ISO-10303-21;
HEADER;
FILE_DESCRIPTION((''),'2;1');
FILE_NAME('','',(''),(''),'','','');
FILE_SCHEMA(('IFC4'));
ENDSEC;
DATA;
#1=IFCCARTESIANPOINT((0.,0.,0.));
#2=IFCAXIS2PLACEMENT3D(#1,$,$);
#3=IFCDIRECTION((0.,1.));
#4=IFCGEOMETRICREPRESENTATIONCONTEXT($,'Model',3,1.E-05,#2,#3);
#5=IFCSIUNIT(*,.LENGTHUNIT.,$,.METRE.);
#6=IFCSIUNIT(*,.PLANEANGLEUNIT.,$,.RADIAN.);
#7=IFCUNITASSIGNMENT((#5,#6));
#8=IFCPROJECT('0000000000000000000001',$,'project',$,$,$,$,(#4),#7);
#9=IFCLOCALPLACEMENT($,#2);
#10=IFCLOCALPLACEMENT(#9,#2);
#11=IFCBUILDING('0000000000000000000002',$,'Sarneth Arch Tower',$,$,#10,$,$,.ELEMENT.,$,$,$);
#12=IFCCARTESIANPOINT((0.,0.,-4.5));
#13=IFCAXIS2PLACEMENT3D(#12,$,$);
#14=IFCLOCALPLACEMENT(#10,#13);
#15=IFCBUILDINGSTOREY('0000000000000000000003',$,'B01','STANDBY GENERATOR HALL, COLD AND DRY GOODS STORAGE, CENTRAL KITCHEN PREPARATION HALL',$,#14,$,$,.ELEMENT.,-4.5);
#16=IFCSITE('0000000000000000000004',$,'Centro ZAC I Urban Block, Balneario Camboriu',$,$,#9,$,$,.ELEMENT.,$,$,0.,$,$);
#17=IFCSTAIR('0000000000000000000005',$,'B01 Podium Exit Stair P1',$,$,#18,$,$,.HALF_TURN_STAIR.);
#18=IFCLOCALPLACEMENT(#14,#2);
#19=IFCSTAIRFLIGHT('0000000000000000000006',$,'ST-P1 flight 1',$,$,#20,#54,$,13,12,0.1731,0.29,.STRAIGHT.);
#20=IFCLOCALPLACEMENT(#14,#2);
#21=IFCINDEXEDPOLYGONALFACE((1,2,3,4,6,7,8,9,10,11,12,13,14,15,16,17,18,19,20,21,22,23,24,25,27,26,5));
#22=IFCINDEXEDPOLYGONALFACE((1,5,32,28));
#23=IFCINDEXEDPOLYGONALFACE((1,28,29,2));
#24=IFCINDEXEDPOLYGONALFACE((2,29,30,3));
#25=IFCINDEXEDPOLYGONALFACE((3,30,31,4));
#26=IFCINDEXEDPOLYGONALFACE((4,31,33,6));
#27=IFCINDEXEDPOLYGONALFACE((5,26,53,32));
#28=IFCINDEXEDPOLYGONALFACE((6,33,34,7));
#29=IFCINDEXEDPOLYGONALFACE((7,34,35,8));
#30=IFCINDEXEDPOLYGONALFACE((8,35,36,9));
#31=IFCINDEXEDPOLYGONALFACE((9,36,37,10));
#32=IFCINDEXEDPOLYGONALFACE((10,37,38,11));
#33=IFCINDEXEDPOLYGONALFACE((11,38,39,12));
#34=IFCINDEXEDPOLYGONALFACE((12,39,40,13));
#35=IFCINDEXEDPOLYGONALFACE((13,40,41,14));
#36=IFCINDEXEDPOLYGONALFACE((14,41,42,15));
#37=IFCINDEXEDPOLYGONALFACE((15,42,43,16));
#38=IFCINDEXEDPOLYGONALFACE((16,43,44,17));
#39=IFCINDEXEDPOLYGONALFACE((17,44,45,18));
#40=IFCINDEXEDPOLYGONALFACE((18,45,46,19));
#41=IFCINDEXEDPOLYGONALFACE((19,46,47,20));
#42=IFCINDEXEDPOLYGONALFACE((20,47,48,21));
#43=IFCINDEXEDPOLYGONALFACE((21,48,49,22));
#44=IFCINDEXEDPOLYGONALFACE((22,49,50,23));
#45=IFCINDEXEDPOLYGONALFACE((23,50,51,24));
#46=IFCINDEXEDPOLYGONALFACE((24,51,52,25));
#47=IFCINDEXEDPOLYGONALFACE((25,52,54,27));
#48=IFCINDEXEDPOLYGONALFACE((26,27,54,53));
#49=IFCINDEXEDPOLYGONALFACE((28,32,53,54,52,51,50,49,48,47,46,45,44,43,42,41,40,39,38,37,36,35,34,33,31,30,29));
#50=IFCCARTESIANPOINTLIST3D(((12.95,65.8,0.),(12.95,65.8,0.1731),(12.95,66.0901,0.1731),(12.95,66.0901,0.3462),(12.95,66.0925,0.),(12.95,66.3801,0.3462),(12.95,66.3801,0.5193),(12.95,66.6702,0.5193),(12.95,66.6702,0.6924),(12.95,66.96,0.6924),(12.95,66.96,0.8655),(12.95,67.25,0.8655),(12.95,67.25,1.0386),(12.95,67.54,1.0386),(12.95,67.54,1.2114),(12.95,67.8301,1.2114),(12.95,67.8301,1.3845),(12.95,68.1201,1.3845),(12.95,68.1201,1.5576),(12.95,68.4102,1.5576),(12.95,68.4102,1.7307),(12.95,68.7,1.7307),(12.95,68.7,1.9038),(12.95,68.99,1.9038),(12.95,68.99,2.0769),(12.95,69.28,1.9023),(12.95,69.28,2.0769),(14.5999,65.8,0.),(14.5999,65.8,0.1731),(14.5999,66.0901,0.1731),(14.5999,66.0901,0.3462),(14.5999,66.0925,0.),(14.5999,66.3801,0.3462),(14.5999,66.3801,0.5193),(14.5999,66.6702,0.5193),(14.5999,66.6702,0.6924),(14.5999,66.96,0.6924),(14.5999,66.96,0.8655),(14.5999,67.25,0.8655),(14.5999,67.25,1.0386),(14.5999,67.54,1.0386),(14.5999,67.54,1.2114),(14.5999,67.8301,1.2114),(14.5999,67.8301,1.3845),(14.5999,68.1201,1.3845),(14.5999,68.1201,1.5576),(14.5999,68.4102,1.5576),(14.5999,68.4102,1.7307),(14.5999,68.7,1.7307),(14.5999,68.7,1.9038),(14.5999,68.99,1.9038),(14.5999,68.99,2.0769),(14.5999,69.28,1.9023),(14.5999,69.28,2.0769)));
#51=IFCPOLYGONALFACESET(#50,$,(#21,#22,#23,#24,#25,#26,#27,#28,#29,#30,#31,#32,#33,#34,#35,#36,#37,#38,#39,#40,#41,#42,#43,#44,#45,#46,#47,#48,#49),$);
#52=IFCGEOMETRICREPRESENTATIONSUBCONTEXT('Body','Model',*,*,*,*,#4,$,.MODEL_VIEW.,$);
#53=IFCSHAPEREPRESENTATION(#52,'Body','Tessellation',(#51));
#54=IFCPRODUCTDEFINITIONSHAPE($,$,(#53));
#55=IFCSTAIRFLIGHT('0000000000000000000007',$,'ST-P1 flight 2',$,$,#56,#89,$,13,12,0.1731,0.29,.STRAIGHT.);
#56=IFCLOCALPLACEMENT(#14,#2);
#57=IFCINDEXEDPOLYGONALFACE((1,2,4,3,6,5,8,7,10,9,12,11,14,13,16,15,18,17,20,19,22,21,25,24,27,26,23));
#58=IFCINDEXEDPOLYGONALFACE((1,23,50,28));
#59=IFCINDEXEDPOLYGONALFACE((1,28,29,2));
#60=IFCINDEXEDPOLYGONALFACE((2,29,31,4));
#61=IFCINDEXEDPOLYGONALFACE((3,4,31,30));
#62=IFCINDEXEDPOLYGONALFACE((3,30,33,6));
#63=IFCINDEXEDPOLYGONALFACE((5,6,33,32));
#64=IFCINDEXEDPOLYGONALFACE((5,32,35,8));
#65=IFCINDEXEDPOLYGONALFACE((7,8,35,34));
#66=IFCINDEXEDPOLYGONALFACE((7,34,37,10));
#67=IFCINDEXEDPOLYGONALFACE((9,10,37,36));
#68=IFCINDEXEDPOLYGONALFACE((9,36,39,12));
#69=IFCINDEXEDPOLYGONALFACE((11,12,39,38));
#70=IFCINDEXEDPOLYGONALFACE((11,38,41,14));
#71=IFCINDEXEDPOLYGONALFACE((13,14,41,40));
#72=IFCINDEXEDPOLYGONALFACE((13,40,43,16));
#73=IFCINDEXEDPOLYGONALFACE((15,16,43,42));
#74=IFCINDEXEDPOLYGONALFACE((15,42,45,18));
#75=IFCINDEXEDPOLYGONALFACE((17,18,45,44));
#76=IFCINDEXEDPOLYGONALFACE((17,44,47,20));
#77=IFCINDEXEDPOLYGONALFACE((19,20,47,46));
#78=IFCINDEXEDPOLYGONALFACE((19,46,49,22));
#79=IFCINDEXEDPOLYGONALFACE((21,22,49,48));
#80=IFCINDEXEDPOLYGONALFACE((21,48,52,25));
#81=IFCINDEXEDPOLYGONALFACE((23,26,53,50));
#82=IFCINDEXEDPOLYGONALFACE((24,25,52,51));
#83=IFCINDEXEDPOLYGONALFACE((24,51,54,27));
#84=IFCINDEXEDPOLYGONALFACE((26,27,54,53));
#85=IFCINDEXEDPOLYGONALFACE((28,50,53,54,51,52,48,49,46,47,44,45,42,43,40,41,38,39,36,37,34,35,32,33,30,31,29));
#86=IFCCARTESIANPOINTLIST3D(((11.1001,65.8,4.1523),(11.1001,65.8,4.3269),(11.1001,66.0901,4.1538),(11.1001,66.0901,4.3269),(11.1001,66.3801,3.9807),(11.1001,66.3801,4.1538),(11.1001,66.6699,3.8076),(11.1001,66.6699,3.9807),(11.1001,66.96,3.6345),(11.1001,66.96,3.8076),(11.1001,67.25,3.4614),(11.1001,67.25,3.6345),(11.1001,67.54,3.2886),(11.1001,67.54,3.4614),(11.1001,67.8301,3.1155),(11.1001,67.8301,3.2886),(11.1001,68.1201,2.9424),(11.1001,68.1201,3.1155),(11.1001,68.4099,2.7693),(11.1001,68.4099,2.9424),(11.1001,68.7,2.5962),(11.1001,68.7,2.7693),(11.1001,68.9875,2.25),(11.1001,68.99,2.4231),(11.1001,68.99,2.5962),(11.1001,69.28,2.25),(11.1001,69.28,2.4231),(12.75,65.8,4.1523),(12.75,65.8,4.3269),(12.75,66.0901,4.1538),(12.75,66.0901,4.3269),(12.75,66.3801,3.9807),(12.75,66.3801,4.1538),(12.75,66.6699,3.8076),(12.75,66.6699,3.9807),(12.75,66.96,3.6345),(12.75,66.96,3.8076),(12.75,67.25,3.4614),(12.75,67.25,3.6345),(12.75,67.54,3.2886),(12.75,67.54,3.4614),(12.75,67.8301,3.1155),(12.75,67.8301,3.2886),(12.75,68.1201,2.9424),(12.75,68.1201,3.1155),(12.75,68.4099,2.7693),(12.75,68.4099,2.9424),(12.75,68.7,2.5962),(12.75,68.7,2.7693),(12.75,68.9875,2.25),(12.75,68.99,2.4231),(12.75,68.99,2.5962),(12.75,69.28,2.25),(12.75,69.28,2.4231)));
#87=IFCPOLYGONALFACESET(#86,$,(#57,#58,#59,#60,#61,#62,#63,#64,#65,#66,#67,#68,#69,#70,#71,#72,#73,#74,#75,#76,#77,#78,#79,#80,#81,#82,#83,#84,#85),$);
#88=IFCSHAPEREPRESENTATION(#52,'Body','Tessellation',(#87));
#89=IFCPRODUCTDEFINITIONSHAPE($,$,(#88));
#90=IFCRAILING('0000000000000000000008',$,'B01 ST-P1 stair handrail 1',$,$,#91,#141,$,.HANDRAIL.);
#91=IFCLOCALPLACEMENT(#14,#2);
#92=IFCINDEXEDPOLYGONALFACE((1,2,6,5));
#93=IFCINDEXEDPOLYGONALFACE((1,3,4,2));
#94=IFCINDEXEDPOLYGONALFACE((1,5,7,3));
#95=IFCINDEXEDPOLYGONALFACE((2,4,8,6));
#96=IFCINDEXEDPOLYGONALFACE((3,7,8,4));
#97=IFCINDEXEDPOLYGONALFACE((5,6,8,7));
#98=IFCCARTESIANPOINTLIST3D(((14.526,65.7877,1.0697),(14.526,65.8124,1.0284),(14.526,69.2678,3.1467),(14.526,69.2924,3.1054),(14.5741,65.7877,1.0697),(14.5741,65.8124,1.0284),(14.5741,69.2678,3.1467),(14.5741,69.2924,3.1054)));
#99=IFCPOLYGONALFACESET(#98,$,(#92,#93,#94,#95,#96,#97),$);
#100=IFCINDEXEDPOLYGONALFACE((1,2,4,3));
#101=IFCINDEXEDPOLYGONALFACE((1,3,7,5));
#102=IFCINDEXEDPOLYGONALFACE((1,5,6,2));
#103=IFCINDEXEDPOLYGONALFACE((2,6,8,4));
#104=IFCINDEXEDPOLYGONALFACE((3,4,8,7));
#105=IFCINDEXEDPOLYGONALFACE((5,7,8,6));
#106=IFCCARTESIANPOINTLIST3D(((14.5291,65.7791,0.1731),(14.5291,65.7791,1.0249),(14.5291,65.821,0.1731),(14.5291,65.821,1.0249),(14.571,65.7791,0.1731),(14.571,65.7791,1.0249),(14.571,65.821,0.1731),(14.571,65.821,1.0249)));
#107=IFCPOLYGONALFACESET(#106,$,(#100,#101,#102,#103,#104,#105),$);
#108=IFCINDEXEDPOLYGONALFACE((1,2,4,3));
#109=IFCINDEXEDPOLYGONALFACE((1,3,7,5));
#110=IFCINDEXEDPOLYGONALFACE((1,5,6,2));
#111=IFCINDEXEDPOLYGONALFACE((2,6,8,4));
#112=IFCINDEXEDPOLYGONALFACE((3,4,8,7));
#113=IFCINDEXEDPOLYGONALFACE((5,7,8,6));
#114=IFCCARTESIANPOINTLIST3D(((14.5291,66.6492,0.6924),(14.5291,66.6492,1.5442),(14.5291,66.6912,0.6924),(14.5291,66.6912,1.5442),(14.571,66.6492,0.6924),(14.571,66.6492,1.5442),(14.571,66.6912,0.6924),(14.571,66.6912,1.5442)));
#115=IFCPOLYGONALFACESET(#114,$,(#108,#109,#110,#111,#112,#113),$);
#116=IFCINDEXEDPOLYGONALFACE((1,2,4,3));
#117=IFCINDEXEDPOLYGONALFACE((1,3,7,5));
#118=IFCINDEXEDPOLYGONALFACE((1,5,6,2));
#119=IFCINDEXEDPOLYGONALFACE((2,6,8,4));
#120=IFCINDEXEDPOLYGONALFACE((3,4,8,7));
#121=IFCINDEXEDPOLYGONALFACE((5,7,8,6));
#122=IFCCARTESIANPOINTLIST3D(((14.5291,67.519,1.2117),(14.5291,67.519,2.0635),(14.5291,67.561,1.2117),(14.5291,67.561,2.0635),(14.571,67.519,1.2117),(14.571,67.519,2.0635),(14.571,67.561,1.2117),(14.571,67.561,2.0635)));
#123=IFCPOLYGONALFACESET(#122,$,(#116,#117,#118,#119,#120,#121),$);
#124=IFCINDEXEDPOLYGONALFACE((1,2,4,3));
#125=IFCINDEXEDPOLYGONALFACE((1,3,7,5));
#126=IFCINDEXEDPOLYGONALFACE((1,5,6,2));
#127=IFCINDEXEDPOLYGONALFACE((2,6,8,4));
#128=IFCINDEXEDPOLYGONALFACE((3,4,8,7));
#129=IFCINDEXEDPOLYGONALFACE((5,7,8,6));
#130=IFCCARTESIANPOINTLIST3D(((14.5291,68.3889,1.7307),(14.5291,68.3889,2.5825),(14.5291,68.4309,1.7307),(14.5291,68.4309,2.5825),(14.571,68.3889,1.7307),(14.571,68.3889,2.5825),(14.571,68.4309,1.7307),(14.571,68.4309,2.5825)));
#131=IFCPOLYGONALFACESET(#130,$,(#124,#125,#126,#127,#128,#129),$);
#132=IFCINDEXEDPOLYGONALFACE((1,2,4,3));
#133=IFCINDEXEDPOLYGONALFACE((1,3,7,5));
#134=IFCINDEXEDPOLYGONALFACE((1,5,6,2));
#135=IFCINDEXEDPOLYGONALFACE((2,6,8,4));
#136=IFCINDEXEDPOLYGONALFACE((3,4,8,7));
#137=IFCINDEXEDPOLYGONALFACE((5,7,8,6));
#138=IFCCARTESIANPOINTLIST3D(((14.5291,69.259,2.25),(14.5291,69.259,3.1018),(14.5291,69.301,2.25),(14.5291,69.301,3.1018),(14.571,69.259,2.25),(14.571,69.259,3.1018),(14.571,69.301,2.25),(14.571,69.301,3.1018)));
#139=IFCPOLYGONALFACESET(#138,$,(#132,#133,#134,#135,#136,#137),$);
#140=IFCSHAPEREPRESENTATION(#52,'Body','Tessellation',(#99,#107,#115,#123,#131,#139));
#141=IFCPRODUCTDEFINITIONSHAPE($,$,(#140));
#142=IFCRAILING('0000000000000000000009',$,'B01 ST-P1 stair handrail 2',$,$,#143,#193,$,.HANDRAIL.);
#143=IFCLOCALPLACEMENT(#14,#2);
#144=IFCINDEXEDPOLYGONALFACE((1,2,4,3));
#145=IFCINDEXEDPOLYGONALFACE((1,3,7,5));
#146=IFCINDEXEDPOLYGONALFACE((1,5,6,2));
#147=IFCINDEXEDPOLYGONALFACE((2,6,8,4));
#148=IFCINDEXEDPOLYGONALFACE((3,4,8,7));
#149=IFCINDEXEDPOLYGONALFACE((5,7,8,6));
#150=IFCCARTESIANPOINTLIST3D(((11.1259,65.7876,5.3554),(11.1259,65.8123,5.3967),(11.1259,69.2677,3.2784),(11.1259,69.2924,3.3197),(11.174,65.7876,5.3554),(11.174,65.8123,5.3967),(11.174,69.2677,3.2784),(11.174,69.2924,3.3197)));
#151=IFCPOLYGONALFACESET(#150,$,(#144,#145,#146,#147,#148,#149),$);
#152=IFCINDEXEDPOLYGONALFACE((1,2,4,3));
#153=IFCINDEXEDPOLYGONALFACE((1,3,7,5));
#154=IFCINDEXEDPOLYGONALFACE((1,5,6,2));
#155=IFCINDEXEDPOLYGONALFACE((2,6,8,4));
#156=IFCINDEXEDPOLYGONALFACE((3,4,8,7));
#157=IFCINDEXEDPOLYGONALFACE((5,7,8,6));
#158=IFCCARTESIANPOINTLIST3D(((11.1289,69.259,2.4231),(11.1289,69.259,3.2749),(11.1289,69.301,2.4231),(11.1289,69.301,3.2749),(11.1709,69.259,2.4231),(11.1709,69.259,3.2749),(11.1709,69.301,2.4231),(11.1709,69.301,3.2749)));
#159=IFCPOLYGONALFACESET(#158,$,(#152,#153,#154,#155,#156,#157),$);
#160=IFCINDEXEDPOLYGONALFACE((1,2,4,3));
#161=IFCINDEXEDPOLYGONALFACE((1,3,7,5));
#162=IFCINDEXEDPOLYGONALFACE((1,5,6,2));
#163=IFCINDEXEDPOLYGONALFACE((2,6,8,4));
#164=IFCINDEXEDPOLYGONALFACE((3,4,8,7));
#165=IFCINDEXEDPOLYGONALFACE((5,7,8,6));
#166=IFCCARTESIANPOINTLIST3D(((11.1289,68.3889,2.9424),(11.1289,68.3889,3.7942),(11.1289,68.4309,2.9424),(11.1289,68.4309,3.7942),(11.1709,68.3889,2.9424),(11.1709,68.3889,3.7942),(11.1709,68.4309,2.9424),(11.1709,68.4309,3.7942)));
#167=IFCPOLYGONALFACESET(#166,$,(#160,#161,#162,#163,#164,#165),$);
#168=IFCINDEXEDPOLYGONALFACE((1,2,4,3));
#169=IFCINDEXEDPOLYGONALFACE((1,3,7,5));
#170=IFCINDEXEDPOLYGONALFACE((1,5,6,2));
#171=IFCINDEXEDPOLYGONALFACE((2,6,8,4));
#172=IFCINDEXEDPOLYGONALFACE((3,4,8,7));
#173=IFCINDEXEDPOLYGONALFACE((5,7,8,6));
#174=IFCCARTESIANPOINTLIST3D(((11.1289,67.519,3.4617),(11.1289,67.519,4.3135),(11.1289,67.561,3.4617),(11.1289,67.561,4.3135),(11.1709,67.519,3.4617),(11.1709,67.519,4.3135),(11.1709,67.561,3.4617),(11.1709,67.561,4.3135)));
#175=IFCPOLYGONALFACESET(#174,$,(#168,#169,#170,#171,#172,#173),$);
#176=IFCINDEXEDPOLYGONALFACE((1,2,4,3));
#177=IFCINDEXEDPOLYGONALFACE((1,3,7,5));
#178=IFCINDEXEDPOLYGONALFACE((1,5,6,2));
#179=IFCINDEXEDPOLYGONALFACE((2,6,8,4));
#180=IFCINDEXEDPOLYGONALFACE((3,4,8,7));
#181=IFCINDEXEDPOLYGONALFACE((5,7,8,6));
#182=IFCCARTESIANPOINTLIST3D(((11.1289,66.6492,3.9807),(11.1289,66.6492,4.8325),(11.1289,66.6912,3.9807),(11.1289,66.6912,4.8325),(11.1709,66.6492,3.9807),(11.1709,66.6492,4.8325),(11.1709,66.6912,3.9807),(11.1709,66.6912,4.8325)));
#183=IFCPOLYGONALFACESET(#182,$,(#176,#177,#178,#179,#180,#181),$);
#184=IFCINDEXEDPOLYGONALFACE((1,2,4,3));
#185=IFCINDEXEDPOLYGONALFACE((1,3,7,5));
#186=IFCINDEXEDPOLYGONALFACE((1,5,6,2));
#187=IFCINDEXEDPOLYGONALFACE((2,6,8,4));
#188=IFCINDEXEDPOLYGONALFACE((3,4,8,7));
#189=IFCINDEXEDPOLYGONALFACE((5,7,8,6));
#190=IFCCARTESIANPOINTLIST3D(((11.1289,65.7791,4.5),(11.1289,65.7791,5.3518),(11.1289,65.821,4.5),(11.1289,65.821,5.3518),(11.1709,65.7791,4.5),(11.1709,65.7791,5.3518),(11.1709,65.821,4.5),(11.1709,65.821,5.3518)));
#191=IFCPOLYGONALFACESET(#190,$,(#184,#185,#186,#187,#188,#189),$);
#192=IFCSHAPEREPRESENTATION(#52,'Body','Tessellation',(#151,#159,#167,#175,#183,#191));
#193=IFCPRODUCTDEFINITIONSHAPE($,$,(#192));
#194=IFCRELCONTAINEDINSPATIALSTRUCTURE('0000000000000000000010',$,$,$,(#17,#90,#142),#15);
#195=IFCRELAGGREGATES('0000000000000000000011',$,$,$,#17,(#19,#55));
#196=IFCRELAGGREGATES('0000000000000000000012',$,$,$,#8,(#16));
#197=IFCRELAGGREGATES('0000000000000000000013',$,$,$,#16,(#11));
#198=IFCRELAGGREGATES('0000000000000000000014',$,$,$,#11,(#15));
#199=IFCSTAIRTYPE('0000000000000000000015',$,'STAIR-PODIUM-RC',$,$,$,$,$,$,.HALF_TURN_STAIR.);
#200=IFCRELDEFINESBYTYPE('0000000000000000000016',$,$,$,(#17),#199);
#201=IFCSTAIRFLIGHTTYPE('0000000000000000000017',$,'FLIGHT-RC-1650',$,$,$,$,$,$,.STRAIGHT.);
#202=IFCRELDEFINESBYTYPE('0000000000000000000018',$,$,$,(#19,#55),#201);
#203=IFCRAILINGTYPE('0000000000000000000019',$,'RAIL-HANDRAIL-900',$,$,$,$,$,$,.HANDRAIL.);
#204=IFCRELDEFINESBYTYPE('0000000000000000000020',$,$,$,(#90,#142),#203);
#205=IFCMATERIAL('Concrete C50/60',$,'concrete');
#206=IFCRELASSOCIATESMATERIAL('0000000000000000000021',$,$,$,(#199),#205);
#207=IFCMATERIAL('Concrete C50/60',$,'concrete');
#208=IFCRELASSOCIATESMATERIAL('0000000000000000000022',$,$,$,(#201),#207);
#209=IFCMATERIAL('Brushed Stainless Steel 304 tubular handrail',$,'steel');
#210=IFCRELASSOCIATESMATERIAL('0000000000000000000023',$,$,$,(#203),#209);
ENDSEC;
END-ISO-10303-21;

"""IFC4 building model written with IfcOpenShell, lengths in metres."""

from ifc_helpers import new_model, si_unit, direction, frame, origin, origin_2d, place, context, subcontext, project, spatial, polyline, rectangle, outline, extrude, material, type_object, element, aggregate, save


model = new_model("IFC4")

# Units and contexts
model_context = context("Model", 3, precision=1e-05, world=origin(), true_north=direction((0.0, 1.0)))
body_context = subcontext(model_context, "Body", "Model", "MODEL_VIEW")
ifc_project = project(units=[si_unit("LENGTHUNIT", "METRE"), si_unit("PLANEANGLEUNIT", "RADIAN")], contexts=[model_context])

# Site, building, storey
site_placement = place(None, origin())
site = spatial("IfcSite", under=ifc_project, at=site_placement, Name="Centro ZAC I Urban Block, Balneario Camboriu", CompositionType="ELEMENT", RefElevation=0.0)
building_placement = place(site_placement, origin())
building = spatial("IfcBuilding", under=site, at=building_placement, Name="Sarneth Arch Tower", CompositionType="ELEMENT")
storey_placement = place(building_placement, frame((0.0, 0.0, -4.5)))
storey = spatial("IfcBuildingStorey", under=building, at=storey_placement, Name="B01", Description="STANDBY GENERATOR HALL, COLD AND DRY GOODS STORAGE, CENTRAL KITCHEN PREPARATION HALL", CompositionType="ELEMENT", Elevation=-4.5)

# Stair, stair flights
ifc_material_1 = material(Name="Concrete C50/60", Category="concrete")
stair_type = type_object("IfcStairType", Name="STAIR-PODIUM-RC", PredefinedType="HALF_TURN_STAIR", material=ifc_material_1)
stair_placement = place(storey_placement, origin())
stair = element("IfcStair", 1, at=stair_placement, inside=storey, type_object=stair_type, Name="B01 Podium Exit Stair P1", PredefinedType="HALF_TURN_STAIR")
ifc_material_2 = material(Name="Concrete C50/60", Category="concrete")
stair_flight_type = type_object("IfcStairFlightType", Name="FLIGHT-RC-1650", PredefinedType="STRAIGHT", material=ifc_material_2)
stair_flight_1_placement = place(storey_placement, frame((13.7749, 65.8, 0.0), z_axis=(0.0, 0.0, 1.0), x_axis=(0.0, 1.0, 0.0)))
stair_flight_1 = element("IfcStairFlight", 2, at=stair_flight_1_placement, type_object=stair_flight_type, Name="ST-P1 flight 1", NumberOfRisers=13, NumberOfTreads=12, PredefinedType="STRAIGHT", RiserHeight=0.1731, TreadLength=0.29, context=body_context, shape_type="SweptSolid", body=[
    extrude(outline(polyline([(0.0, 0.0), (0.0, 0.1731), (0.29, 0.1731), (0.29, 0.3462), (0.5801, 0.3462), (0.5801, 0.5193), (0.8701, 0.5193), (0.8701, 0.6924), (1.1599, 0.6924), (1.1599, 0.8655), (1.45, 0.8655), (1.45, 1.0386), (1.74, 1.0386), (1.74, 1.2114), (2.03, 1.2114), (2.03, 1.3845), (2.3201, 1.3845), (2.3201, 1.5576), (2.6101, 1.5576), (2.6101, 1.7307), (2.8999, 1.7307), (2.8999, 1.9038), (3.1899, 1.9038), (3.1899, 2.0769), (3.48, 2.0769), (3.48, 2.25), (3.48, 1.9023), (0.2925, 0.0), (0.0, 0.0)])), frame((0.0, 0.825, 0.0), z_axis=(0.0, -1.0, 0.0), x_axis=(1.0, 0.0, 0.0)), (0.0, 0.0, 1.0), 1.6499),
])
stair_flight_2_placement = place(storey_placement, frame((11.925, 69.28, 2.25), z_axis=(0.0, 0.0, 1.0), x_axis=(0.0, -1.0, 0.0)))
stair_flight_2 = element("IfcStairFlight", 3, at=stair_flight_2_placement, type_object=stair_flight_type, Name="ST-P1 flight 2", NumberOfRisers=13, NumberOfTreads=12, PredefinedType="STRAIGHT", RiserHeight=0.1731, TreadLength=0.29, context=body_context, shape_type="SweptSolid", body=[
    extrude(outline(polyline([(0.0, 0.0), (0.0, 0.1731), (0.29, 0.1731), (0.29, 0.3462), (0.5801, 0.3462), (0.5801, 0.5193), (0.8701, 0.5193), (0.8701, 0.6924), (1.1599, 0.6924), (1.1599, 0.8655), (1.45, 0.8655), (1.45, 1.0386), (1.74, 1.0386), (1.74, 1.2114), (2.03, 1.2114), (2.03, 1.3845), (2.3201, 1.3845), (2.3201, 1.5576), (2.6101, 1.5576), (2.6101, 1.7307), (2.8999, 1.7307), (2.8999, 1.9038), (3.1899, 1.9038), (3.1899, 2.0769), (3.48, 2.0769), (3.48, 2.25), (3.48, 1.9023), (0.2925, 0.0), (0.0, 0.0)])), frame((0.0, 0.825, 0.0), z_axis=(0.0, -1.0, 0.0), x_axis=(1.0, 0.0, 0.0)), (0.0, 0.0, 1.0), 1.6499),
])
aggregate(stair, [stair_flight_1, stair_flight_2])

# Railings
ifc_material_3 = material(Name="Brushed Stainless Steel 304 tubular handrail", Category="steel")
railing_type_1 = type_object("IfcRailingType", Name="RAIL-HANDRAIL-900", PredefinedType="HANDRAIL", material=ifc_material_3)
railing_1_placement = place(storey_placement, frame((14.55, 65.8, 0.1731)))
element("IfcRailing", 4, at=railing_1_placement, inside=storey, type_object=railing_type_1, Name="B01 ST-P1 stair handrail 1", PredefinedType="HANDRAIL", context=body_context, shape_type="SweptSolid", body=[
    extrude(rectangle(XDim=0.0481, YDim=0.0481, at=origin_2d()), frame((0.0, 0.0, 0.876), z_axis=(0.0, 0.858697, 0.512483), x_axis=(-1.0, 0.0, 0.0)), (0.0, 0.0, 1.0), 4.0527),
    extrude(rectangle(XDim=0.042, YDim=0.042, at=origin_2d()), origin(), (0.0, 0.0, 1.0), 0.8518),
    extrude(rectangle(XDim=0.042, YDim=0.042, at=origin_2d()), frame((0.0, 0.8701, 0.5193)), (0.0, 0.0, 1.0), 0.8518),
    extrude(rectangle(XDim=0.042, YDim=0.042, at=origin_2d()), frame((0.0, 1.74, 1.0386)), (0.0, 0.0, 1.0), 0.8518),
    extrude(rectangle(XDim=0.042, YDim=0.042, at=origin_2d()), frame((0.0, 2.6099, 1.5576)), (0.0, 0.0, 1.0), 0.8518),
    extrude(rectangle(XDim=0.042, YDim=0.042, at=origin_2d()), frame((0.0, 3.48, 2.0769)), (0.0, 0.0, 1.0), 0.8518),
])
railing_2_placement = place(storey_placement, frame((11.1499, 69.28, 2.4231)))
element("IfcRailing", 5, at=railing_2_placement, inside=storey, type_object=railing_type_1, Name="B01 ST-P1 stair handrail 2", PredefinedType="HANDRAIL", context=body_context, shape_type="SweptSolid", body=[
    extrude(rectangle(XDim=0.0481, YDim=0.0481, at=origin_2d()), frame((0.0, 0.0, 0.876), z_axis=(0.0, -0.858697, 0.512483), x_axis=(1.0, 0.0, 0.0)), (0.0, 0.0, 1.0), 4.0527),
    extrude(rectangle(XDim=0.042, YDim=0.042, at=origin_2d()), origin(), (0.0, 0.0, 1.0), 0.8518),
    extrude(rectangle(XDim=0.042, YDim=0.042, at=origin_2d()), frame((0.0, -0.8701, 0.5193)), (0.0, 0.0, 1.0), 0.8518),
    extrude(rectangle(XDim=0.042, YDim=0.042, at=origin_2d()), frame((0.0, -1.74, 1.0386)), (0.0, 0.0, 1.0), 0.8518),
    extrude(rectangle(XDim=0.042, YDim=0.042, at=origin_2d()), frame((0.0, -2.6099, 1.5576)), (0.0, 0.0, 1.0), 0.8518),
    extrude(rectangle(XDim=0.042, YDim=0.042, at=origin_2d()), frame((0.0, -3.48, 2.0769)), (0.0, 0.0, 1.0), 0.8518),
])

save(model, "model.ifc")
